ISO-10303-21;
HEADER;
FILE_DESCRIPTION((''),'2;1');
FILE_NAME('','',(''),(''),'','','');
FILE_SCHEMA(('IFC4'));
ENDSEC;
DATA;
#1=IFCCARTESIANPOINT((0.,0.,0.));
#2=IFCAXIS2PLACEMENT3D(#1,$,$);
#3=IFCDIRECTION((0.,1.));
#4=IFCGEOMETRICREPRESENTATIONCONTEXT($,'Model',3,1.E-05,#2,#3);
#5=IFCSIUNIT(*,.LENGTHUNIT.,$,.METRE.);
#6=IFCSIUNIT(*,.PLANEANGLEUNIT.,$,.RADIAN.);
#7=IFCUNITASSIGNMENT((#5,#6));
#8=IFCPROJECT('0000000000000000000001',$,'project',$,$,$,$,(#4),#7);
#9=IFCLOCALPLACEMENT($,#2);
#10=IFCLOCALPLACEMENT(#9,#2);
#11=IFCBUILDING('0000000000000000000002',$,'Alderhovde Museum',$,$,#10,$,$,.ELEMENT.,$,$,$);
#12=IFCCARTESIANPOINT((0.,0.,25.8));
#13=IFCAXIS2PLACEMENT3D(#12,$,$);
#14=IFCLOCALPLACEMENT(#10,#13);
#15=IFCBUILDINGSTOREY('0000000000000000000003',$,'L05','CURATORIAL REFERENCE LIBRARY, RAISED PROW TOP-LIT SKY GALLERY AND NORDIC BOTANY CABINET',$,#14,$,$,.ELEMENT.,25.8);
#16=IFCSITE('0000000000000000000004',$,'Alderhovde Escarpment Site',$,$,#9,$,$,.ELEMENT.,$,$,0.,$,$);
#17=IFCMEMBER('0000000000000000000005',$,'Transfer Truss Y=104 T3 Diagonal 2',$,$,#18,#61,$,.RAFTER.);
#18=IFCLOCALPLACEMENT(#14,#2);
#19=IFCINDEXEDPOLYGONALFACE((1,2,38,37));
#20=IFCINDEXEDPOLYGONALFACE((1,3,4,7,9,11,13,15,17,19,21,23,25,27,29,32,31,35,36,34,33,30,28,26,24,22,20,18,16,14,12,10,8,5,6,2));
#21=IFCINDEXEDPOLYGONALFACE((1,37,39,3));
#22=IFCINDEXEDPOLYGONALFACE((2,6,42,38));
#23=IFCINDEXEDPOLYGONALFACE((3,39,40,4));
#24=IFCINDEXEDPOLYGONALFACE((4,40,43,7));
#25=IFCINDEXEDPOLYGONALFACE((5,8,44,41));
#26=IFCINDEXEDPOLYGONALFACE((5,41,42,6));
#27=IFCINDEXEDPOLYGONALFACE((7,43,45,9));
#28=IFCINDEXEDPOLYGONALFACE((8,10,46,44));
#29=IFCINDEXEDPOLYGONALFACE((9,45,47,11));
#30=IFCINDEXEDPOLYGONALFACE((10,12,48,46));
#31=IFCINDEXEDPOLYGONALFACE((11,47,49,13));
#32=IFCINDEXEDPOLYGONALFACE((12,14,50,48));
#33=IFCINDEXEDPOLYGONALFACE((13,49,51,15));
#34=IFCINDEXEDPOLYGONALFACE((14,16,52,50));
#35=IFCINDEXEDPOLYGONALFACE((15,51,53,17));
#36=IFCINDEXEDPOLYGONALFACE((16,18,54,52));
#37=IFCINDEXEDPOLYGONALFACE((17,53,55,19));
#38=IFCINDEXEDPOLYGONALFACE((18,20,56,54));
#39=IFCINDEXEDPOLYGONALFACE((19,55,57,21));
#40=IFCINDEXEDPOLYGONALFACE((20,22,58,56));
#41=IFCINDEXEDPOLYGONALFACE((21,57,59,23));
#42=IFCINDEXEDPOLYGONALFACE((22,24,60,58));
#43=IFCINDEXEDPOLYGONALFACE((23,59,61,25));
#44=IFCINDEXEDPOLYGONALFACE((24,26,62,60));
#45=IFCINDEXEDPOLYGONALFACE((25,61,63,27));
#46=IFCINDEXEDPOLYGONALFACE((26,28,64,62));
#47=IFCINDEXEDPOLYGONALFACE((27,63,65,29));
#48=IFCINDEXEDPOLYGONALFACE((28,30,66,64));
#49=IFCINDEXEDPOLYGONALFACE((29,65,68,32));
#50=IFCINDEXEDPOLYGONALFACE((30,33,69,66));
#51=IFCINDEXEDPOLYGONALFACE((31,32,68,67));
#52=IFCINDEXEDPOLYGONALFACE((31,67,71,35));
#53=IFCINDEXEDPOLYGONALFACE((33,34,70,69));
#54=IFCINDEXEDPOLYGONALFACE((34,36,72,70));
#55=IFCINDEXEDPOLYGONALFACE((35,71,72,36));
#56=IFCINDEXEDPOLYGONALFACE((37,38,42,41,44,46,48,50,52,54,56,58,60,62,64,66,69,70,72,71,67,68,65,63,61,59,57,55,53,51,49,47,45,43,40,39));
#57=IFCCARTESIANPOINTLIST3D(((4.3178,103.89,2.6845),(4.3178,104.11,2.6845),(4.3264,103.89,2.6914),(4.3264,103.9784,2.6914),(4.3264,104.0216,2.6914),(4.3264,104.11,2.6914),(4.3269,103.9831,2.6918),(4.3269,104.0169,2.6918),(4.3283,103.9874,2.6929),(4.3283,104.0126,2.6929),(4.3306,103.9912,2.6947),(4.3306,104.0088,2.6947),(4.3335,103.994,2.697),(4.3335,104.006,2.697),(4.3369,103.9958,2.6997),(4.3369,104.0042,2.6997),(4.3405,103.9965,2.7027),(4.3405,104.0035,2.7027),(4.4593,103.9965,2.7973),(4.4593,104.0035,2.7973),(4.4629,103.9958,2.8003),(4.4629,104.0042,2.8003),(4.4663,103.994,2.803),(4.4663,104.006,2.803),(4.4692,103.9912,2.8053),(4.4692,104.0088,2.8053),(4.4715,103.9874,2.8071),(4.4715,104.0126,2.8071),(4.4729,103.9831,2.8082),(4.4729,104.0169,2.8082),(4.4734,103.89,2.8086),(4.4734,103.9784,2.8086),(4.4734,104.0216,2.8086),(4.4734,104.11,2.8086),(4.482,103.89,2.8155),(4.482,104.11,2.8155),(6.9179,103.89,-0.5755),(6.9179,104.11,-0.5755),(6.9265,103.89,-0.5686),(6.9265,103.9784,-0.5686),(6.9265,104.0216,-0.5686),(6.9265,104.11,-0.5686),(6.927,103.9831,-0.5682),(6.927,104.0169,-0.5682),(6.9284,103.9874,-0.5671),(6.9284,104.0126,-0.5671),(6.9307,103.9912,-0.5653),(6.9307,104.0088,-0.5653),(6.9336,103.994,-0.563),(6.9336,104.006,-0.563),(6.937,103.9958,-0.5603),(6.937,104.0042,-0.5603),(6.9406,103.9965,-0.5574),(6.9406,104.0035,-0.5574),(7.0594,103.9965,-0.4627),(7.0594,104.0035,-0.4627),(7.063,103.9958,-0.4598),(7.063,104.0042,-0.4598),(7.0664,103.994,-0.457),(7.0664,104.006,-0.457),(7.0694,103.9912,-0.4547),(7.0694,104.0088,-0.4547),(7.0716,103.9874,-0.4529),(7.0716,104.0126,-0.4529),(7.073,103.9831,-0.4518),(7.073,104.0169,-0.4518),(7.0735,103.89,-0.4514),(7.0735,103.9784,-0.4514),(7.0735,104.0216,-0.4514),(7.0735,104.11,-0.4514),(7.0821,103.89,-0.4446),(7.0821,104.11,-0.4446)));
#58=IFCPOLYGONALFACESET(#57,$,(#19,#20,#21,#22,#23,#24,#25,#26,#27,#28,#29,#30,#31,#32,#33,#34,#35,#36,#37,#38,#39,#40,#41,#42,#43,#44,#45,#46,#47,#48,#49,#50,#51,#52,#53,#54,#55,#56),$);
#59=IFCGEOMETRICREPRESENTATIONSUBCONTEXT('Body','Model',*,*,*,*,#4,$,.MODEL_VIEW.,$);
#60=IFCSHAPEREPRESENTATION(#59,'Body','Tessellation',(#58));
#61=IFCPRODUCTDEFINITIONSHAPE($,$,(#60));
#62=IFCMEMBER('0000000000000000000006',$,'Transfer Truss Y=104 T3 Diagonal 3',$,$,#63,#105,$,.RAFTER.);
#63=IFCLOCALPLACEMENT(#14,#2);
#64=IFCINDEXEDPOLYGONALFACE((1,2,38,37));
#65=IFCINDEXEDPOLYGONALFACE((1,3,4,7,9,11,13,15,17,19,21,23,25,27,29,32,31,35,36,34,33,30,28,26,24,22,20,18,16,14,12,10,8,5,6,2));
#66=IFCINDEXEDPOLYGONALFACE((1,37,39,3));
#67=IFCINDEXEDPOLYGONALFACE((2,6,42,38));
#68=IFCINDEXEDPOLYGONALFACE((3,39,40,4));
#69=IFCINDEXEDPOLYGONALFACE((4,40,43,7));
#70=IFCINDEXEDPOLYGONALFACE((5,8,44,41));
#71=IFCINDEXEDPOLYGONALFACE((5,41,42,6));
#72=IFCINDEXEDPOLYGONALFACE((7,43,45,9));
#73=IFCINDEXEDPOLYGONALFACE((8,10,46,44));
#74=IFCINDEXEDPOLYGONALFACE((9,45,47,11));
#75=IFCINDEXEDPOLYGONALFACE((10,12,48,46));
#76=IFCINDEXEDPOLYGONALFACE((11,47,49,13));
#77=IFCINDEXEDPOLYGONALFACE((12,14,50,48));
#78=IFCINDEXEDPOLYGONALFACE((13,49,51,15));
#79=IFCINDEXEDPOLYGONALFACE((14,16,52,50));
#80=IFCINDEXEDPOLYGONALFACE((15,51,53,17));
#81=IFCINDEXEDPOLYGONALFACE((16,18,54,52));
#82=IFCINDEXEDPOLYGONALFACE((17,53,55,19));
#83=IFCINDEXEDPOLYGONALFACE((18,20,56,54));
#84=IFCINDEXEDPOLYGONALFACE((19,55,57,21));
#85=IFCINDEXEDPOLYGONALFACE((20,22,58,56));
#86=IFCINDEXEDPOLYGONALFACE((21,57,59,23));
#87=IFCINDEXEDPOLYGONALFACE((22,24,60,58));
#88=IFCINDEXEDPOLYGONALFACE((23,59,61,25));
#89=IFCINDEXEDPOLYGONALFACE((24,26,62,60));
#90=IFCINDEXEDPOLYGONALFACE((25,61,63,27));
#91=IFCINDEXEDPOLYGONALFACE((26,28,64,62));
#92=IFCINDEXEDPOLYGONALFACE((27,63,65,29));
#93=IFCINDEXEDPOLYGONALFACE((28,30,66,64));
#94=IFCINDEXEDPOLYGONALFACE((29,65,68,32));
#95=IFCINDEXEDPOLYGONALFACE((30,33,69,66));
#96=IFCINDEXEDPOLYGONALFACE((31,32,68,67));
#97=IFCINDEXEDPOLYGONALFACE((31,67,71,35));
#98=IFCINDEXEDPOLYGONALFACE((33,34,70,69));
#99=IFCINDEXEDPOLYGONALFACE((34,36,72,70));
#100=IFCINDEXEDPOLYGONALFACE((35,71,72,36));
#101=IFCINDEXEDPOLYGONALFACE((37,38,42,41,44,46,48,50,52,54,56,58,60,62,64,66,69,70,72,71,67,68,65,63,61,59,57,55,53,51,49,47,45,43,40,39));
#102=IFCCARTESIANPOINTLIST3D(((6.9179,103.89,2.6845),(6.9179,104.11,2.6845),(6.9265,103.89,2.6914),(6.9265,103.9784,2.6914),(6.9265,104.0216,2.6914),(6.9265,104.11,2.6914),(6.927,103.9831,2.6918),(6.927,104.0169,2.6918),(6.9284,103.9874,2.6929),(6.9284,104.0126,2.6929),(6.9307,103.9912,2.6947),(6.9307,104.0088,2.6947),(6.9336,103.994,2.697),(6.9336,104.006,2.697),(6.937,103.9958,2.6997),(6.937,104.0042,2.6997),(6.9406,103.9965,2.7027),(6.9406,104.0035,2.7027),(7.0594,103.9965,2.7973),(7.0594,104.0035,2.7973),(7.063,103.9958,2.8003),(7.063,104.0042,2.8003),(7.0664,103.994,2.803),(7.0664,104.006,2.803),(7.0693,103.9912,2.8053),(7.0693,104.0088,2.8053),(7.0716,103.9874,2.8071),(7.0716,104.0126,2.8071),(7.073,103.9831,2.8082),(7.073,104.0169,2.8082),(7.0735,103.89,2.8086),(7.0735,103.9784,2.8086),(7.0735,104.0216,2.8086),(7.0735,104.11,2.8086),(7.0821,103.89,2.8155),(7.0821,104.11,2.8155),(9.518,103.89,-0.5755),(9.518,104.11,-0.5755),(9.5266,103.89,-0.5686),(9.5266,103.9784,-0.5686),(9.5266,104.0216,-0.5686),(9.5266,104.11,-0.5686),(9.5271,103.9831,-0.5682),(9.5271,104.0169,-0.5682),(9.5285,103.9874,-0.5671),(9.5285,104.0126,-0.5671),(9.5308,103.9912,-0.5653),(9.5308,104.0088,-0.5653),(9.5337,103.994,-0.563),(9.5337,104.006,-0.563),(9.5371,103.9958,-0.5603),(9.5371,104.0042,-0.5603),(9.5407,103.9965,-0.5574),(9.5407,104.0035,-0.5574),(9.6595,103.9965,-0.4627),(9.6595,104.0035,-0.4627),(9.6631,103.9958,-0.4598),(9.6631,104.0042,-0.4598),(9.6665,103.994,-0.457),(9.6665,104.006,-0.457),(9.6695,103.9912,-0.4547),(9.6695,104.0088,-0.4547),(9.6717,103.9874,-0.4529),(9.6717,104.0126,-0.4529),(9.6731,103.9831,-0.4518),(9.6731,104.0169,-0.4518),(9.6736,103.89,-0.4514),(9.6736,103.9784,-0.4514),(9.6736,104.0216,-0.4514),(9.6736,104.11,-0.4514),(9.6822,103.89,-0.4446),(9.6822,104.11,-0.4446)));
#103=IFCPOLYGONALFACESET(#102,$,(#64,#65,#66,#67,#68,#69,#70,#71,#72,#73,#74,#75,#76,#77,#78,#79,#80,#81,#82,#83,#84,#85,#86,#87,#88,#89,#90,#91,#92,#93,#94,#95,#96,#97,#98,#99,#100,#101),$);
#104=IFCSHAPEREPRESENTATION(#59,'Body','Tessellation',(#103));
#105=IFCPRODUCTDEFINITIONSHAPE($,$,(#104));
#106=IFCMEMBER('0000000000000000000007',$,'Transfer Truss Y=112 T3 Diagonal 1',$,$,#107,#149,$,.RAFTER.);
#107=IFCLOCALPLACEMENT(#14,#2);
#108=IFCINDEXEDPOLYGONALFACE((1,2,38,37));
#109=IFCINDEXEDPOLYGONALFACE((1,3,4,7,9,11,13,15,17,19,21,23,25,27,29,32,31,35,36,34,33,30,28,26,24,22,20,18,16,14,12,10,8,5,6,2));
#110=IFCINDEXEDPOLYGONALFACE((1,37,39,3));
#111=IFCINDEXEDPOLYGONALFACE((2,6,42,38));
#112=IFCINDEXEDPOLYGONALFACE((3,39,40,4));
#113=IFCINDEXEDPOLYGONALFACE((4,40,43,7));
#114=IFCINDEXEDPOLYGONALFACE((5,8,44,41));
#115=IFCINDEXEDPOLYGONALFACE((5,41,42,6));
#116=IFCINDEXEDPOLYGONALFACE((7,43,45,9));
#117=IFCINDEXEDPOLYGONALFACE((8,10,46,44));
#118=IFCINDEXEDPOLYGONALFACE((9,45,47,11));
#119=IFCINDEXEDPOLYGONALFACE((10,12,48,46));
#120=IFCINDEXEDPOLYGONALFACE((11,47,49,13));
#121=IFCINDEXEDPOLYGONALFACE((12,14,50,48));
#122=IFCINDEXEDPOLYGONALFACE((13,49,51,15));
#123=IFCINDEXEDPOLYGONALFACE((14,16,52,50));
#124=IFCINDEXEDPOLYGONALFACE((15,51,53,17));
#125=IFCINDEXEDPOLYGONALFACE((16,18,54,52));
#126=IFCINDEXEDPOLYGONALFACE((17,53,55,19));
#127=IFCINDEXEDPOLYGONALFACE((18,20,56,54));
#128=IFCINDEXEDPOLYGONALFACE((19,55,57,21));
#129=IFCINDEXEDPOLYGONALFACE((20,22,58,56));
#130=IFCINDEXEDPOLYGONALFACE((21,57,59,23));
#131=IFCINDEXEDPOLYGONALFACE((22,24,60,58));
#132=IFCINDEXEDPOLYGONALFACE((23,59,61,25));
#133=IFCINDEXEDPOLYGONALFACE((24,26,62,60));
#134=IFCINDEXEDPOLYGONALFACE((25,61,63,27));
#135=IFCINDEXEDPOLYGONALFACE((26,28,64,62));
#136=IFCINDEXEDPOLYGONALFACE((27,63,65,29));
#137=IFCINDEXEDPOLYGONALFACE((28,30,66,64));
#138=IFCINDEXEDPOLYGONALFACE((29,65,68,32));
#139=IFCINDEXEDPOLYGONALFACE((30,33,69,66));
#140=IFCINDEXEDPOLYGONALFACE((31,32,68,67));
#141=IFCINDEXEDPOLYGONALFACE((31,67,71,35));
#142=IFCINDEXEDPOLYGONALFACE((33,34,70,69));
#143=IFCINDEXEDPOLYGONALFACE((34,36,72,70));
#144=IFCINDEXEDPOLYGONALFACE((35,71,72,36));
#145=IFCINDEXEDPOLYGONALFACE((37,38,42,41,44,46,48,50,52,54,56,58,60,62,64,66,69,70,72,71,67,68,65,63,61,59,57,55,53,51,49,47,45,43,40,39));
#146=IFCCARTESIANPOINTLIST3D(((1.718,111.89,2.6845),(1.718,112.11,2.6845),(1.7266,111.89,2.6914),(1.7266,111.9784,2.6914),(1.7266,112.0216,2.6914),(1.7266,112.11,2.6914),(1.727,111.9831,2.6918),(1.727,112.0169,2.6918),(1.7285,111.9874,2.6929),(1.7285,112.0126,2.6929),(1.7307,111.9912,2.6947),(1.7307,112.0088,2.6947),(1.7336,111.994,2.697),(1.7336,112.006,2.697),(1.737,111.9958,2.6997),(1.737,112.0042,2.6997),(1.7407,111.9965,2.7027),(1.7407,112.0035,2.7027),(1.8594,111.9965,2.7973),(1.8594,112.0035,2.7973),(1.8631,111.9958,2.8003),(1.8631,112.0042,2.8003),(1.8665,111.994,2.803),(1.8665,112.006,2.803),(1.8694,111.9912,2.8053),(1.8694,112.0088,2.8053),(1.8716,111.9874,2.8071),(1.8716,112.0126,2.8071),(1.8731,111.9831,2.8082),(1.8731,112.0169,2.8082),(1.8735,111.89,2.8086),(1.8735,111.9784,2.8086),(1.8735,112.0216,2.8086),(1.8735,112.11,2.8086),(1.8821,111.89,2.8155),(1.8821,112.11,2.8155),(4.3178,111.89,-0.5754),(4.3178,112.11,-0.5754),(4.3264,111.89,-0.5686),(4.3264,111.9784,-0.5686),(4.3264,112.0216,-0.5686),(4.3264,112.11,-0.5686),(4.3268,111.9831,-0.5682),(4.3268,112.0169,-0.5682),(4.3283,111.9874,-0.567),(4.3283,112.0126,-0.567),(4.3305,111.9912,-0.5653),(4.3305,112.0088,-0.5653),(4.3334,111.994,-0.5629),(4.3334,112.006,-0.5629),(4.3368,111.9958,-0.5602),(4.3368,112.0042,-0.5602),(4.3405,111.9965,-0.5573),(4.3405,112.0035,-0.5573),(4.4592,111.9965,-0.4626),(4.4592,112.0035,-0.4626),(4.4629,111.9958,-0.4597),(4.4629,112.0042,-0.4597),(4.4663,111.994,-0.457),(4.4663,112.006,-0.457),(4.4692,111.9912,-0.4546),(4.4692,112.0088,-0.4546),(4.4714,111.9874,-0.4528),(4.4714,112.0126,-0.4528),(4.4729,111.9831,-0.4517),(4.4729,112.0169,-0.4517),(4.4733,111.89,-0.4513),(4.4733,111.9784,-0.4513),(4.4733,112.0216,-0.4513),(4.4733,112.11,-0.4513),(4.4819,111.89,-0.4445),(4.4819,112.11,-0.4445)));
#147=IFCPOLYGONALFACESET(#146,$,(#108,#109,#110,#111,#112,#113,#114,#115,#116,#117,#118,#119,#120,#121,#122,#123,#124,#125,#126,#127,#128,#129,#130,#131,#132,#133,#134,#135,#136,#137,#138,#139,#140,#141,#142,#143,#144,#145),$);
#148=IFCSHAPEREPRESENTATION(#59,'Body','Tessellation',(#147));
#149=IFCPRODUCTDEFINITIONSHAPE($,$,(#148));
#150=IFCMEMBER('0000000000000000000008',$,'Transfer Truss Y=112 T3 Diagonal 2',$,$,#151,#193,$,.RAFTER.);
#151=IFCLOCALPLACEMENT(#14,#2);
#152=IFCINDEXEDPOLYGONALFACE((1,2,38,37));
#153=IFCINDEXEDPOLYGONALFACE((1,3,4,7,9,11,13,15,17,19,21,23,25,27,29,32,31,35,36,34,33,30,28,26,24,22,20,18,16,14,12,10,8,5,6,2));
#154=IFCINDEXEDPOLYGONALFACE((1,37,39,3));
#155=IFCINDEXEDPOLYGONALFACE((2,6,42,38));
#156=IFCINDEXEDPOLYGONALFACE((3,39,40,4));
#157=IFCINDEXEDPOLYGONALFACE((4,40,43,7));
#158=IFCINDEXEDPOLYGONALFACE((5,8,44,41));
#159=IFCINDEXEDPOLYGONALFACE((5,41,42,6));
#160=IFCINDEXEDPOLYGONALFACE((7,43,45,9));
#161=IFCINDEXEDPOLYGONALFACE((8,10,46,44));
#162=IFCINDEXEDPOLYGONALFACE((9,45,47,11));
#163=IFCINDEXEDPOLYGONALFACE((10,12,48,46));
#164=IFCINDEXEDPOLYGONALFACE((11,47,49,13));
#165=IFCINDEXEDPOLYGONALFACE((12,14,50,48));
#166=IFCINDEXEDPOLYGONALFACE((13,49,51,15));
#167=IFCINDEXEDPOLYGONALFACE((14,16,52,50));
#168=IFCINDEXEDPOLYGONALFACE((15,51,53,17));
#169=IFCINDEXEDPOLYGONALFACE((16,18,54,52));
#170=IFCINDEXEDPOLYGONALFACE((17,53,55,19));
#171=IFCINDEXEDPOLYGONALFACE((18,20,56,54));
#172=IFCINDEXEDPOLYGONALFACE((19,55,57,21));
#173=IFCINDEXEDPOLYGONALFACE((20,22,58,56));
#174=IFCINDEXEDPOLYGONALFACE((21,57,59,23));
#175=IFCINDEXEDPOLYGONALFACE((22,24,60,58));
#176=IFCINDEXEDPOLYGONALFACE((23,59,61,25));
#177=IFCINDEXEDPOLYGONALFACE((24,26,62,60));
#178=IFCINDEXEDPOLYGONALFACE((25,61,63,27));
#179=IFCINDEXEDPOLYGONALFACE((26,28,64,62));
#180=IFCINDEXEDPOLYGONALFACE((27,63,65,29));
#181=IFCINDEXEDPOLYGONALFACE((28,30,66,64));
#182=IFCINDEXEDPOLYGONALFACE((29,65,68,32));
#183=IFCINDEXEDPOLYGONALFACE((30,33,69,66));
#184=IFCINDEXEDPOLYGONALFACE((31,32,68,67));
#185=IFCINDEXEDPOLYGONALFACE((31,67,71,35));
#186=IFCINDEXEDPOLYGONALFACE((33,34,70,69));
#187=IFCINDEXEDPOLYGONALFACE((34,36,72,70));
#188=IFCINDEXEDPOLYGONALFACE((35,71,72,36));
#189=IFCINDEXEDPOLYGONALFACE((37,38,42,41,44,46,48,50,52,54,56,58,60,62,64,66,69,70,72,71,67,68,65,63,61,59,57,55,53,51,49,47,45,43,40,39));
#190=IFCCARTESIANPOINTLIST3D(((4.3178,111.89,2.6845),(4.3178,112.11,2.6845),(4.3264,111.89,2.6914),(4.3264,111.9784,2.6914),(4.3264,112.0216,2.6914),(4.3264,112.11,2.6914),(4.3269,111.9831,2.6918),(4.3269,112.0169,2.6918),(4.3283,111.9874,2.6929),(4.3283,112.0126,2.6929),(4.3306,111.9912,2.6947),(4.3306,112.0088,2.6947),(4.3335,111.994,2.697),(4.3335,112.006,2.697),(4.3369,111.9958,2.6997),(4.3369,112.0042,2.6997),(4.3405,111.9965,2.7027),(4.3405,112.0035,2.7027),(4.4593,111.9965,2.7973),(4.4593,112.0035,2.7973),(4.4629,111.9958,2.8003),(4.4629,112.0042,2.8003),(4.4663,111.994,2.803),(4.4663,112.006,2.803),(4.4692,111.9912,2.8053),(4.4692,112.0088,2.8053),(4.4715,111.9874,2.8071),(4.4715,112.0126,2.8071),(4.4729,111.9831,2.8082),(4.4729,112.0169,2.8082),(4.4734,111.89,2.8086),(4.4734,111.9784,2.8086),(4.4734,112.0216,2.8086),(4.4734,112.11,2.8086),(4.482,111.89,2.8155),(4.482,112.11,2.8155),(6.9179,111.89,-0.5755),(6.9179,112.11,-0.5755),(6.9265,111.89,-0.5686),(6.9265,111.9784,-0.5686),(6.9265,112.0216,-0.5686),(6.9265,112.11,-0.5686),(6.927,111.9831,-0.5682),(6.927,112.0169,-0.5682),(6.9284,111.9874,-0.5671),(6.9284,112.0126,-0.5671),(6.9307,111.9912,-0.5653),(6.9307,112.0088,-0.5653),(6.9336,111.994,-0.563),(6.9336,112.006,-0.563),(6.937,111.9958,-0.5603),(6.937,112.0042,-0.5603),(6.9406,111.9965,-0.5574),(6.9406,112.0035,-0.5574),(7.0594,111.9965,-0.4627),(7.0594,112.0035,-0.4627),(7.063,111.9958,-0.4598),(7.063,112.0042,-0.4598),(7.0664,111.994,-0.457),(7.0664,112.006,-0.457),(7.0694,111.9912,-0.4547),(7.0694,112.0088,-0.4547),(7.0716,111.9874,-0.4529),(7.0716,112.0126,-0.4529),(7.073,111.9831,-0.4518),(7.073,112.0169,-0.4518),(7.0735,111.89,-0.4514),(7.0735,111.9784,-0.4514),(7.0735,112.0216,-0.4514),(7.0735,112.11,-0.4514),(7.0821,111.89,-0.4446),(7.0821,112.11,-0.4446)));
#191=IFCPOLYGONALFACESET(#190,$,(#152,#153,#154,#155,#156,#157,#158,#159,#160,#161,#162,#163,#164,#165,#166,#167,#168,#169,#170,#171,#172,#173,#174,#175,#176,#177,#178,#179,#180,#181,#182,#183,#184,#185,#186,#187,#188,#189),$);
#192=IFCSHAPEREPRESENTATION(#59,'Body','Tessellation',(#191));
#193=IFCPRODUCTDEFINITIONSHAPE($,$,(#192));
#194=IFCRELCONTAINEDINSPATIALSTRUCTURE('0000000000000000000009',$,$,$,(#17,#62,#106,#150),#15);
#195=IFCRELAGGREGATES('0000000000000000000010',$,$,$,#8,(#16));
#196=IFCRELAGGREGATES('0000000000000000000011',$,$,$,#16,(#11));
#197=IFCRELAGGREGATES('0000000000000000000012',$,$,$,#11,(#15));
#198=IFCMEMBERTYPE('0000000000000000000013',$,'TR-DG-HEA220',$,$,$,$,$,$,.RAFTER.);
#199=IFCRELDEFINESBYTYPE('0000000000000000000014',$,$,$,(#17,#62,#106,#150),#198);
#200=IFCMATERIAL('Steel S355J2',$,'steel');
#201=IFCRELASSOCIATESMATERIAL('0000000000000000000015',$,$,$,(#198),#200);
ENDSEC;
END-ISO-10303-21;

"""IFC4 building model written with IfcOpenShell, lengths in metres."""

from ifc_helpers import new_model, si_unit, direction, frame, origin, origin_2d, place, context, subcontext, project, spatial, i_section, extrude, material, material_profile, profile_set, type_object, element, save


model = new_model("IFC4")

# Units and contexts
model_context = context("Model", 3, precision=1e-05, world=origin(), true_north=direction((0.0, 1.0)))
body_context = subcontext(model_context, "Body", "Model", "MODEL_VIEW")
ifc_project = project(units=[si_unit("LENGTHUNIT", "METRE"), si_unit("PLANEANGLEUNIT", "RADIAN")], contexts=[model_context])

# Site, building, storey
site_placement = place(None, origin())
site = spatial("IfcSite", under=ifc_project, at=site_placement, Name="Alderhovde Escarpment Site", CompositionType="ELEMENT", RefElevation=0.0)
building_placement = place(site_placement, origin())
building = spatial("IfcBuilding", under=site, at=building_placement, Name="Alderhovde Museum", CompositionType="ELEMENT")
storey_placement = place(building_placement, frame((0.0, 0.0, 25.8)))
storey = spatial("IfcBuildingStorey", under=building, at=storey_placement, Name="L05", Description="CURATORIAL REFERENCE LIBRARY, RAISED PROW TOP-LIT SKY GALLERY AND NORDIC BOTANY CABINET", CompositionType="ELEMENT", Elevation=25.8)

# Members
ifc_material_1 = material(Name="Steel S355J2", Category="steel")
ifc_material_profile_1 = material_profile(ifc_material_1, i_section(OverallWidth=0.22, OverallDepth=0.21, WebThickness=0.0071, FlangeThickness=0.011, FilletRadius=0.0181, at=origin_2d()), Name="HEA 220")
ifc_profile_set_1 = profile_set([ifc_material_profile_1], Name="Steel S355J2")
member_type_1 = type_object("IfcMemberType", Name="TR-DG-HEA220", PredefinedType="RAFTER", material=ifc_profile_set_1)
for number, where, z_axis, x_axis, name in (
    (1, (4.3999, 104.0, 2.75), (0.623538, 0.0, -0.781793), (0.0, 1.0, 0.0), "Transfer Truss Y=104 T3 Diagonal 2"),
    (2, (7.0, 104.0, 2.75), (0.623538, 0.0, -0.781793), (0.0, 1.0, 0.0), "Transfer Truss Y=104 T3 Diagonal 3"),
):
    element("IfcMember", number, at=place(storey_placement, frame(where, z_axis=z_axis, x_axis=x_axis)), inside=storey, type_object=member_type_1, Name=name, PredefinedType="RAFTER", context=body_context, shape_type="SweptSolid", body=[
        extrude(i_section(OverallWidth=0.22, OverallDepth=0.21, WebThickness=0.0071, FlangeThickness=0.011, FilletRadius=0.0181, at=origin_2d()), origin(), (0.0, 0.0, 1.0), 4.1699),
    ])
member_1_placement = place(storey_placement, frame((1.8, 112.0, 2.75), z_axis=(0.623502, 0.0, -0.781822), x_axis=(0.0, 1.0, 0.0)))
element("IfcMember", 3, at=member_1_placement, inside=storey, type_object=member_type_1, Name="Transfer Truss Y=112 T3 Diagonal 1", PredefinedType="RAFTER", context=body_context, shape_type="SweptSolid", body=[
    extrude(i_section(OverallWidth=0.22, OverallDepth=0.21, WebThickness=0.0071, FlangeThickness=0.011, FilletRadius=0.0181, at=origin_2d()), origin(), (0.0, 0.0, 1.0), 4.1697),
])
for number, where, z_axis, x_axis, name in (
    (4, (4.3999, 112.0, 2.75), (0.623538, 0.0, -0.781793), (0.0, 1.0, 0.0), "Transfer Truss Y=112 T3 Diagonal 2"),
):
    element("IfcMember", number, at=place(storey_placement, frame(where, z_axis=z_axis, x_axis=x_axis)), inside=storey, type_object=member_type_1, Name=name, PredefinedType="RAFTER", context=body_context, shape_type="SweptSolid", body=[
        extrude(i_section(OverallWidth=0.22, OverallDepth=0.21, WebThickness=0.0071, FlangeThickness=0.011, FilletRadius=0.0181, at=origin_2d()), origin(), (0.0, 0.0, 1.0), 4.1699),
    ])

save(model, "model.ifc")
